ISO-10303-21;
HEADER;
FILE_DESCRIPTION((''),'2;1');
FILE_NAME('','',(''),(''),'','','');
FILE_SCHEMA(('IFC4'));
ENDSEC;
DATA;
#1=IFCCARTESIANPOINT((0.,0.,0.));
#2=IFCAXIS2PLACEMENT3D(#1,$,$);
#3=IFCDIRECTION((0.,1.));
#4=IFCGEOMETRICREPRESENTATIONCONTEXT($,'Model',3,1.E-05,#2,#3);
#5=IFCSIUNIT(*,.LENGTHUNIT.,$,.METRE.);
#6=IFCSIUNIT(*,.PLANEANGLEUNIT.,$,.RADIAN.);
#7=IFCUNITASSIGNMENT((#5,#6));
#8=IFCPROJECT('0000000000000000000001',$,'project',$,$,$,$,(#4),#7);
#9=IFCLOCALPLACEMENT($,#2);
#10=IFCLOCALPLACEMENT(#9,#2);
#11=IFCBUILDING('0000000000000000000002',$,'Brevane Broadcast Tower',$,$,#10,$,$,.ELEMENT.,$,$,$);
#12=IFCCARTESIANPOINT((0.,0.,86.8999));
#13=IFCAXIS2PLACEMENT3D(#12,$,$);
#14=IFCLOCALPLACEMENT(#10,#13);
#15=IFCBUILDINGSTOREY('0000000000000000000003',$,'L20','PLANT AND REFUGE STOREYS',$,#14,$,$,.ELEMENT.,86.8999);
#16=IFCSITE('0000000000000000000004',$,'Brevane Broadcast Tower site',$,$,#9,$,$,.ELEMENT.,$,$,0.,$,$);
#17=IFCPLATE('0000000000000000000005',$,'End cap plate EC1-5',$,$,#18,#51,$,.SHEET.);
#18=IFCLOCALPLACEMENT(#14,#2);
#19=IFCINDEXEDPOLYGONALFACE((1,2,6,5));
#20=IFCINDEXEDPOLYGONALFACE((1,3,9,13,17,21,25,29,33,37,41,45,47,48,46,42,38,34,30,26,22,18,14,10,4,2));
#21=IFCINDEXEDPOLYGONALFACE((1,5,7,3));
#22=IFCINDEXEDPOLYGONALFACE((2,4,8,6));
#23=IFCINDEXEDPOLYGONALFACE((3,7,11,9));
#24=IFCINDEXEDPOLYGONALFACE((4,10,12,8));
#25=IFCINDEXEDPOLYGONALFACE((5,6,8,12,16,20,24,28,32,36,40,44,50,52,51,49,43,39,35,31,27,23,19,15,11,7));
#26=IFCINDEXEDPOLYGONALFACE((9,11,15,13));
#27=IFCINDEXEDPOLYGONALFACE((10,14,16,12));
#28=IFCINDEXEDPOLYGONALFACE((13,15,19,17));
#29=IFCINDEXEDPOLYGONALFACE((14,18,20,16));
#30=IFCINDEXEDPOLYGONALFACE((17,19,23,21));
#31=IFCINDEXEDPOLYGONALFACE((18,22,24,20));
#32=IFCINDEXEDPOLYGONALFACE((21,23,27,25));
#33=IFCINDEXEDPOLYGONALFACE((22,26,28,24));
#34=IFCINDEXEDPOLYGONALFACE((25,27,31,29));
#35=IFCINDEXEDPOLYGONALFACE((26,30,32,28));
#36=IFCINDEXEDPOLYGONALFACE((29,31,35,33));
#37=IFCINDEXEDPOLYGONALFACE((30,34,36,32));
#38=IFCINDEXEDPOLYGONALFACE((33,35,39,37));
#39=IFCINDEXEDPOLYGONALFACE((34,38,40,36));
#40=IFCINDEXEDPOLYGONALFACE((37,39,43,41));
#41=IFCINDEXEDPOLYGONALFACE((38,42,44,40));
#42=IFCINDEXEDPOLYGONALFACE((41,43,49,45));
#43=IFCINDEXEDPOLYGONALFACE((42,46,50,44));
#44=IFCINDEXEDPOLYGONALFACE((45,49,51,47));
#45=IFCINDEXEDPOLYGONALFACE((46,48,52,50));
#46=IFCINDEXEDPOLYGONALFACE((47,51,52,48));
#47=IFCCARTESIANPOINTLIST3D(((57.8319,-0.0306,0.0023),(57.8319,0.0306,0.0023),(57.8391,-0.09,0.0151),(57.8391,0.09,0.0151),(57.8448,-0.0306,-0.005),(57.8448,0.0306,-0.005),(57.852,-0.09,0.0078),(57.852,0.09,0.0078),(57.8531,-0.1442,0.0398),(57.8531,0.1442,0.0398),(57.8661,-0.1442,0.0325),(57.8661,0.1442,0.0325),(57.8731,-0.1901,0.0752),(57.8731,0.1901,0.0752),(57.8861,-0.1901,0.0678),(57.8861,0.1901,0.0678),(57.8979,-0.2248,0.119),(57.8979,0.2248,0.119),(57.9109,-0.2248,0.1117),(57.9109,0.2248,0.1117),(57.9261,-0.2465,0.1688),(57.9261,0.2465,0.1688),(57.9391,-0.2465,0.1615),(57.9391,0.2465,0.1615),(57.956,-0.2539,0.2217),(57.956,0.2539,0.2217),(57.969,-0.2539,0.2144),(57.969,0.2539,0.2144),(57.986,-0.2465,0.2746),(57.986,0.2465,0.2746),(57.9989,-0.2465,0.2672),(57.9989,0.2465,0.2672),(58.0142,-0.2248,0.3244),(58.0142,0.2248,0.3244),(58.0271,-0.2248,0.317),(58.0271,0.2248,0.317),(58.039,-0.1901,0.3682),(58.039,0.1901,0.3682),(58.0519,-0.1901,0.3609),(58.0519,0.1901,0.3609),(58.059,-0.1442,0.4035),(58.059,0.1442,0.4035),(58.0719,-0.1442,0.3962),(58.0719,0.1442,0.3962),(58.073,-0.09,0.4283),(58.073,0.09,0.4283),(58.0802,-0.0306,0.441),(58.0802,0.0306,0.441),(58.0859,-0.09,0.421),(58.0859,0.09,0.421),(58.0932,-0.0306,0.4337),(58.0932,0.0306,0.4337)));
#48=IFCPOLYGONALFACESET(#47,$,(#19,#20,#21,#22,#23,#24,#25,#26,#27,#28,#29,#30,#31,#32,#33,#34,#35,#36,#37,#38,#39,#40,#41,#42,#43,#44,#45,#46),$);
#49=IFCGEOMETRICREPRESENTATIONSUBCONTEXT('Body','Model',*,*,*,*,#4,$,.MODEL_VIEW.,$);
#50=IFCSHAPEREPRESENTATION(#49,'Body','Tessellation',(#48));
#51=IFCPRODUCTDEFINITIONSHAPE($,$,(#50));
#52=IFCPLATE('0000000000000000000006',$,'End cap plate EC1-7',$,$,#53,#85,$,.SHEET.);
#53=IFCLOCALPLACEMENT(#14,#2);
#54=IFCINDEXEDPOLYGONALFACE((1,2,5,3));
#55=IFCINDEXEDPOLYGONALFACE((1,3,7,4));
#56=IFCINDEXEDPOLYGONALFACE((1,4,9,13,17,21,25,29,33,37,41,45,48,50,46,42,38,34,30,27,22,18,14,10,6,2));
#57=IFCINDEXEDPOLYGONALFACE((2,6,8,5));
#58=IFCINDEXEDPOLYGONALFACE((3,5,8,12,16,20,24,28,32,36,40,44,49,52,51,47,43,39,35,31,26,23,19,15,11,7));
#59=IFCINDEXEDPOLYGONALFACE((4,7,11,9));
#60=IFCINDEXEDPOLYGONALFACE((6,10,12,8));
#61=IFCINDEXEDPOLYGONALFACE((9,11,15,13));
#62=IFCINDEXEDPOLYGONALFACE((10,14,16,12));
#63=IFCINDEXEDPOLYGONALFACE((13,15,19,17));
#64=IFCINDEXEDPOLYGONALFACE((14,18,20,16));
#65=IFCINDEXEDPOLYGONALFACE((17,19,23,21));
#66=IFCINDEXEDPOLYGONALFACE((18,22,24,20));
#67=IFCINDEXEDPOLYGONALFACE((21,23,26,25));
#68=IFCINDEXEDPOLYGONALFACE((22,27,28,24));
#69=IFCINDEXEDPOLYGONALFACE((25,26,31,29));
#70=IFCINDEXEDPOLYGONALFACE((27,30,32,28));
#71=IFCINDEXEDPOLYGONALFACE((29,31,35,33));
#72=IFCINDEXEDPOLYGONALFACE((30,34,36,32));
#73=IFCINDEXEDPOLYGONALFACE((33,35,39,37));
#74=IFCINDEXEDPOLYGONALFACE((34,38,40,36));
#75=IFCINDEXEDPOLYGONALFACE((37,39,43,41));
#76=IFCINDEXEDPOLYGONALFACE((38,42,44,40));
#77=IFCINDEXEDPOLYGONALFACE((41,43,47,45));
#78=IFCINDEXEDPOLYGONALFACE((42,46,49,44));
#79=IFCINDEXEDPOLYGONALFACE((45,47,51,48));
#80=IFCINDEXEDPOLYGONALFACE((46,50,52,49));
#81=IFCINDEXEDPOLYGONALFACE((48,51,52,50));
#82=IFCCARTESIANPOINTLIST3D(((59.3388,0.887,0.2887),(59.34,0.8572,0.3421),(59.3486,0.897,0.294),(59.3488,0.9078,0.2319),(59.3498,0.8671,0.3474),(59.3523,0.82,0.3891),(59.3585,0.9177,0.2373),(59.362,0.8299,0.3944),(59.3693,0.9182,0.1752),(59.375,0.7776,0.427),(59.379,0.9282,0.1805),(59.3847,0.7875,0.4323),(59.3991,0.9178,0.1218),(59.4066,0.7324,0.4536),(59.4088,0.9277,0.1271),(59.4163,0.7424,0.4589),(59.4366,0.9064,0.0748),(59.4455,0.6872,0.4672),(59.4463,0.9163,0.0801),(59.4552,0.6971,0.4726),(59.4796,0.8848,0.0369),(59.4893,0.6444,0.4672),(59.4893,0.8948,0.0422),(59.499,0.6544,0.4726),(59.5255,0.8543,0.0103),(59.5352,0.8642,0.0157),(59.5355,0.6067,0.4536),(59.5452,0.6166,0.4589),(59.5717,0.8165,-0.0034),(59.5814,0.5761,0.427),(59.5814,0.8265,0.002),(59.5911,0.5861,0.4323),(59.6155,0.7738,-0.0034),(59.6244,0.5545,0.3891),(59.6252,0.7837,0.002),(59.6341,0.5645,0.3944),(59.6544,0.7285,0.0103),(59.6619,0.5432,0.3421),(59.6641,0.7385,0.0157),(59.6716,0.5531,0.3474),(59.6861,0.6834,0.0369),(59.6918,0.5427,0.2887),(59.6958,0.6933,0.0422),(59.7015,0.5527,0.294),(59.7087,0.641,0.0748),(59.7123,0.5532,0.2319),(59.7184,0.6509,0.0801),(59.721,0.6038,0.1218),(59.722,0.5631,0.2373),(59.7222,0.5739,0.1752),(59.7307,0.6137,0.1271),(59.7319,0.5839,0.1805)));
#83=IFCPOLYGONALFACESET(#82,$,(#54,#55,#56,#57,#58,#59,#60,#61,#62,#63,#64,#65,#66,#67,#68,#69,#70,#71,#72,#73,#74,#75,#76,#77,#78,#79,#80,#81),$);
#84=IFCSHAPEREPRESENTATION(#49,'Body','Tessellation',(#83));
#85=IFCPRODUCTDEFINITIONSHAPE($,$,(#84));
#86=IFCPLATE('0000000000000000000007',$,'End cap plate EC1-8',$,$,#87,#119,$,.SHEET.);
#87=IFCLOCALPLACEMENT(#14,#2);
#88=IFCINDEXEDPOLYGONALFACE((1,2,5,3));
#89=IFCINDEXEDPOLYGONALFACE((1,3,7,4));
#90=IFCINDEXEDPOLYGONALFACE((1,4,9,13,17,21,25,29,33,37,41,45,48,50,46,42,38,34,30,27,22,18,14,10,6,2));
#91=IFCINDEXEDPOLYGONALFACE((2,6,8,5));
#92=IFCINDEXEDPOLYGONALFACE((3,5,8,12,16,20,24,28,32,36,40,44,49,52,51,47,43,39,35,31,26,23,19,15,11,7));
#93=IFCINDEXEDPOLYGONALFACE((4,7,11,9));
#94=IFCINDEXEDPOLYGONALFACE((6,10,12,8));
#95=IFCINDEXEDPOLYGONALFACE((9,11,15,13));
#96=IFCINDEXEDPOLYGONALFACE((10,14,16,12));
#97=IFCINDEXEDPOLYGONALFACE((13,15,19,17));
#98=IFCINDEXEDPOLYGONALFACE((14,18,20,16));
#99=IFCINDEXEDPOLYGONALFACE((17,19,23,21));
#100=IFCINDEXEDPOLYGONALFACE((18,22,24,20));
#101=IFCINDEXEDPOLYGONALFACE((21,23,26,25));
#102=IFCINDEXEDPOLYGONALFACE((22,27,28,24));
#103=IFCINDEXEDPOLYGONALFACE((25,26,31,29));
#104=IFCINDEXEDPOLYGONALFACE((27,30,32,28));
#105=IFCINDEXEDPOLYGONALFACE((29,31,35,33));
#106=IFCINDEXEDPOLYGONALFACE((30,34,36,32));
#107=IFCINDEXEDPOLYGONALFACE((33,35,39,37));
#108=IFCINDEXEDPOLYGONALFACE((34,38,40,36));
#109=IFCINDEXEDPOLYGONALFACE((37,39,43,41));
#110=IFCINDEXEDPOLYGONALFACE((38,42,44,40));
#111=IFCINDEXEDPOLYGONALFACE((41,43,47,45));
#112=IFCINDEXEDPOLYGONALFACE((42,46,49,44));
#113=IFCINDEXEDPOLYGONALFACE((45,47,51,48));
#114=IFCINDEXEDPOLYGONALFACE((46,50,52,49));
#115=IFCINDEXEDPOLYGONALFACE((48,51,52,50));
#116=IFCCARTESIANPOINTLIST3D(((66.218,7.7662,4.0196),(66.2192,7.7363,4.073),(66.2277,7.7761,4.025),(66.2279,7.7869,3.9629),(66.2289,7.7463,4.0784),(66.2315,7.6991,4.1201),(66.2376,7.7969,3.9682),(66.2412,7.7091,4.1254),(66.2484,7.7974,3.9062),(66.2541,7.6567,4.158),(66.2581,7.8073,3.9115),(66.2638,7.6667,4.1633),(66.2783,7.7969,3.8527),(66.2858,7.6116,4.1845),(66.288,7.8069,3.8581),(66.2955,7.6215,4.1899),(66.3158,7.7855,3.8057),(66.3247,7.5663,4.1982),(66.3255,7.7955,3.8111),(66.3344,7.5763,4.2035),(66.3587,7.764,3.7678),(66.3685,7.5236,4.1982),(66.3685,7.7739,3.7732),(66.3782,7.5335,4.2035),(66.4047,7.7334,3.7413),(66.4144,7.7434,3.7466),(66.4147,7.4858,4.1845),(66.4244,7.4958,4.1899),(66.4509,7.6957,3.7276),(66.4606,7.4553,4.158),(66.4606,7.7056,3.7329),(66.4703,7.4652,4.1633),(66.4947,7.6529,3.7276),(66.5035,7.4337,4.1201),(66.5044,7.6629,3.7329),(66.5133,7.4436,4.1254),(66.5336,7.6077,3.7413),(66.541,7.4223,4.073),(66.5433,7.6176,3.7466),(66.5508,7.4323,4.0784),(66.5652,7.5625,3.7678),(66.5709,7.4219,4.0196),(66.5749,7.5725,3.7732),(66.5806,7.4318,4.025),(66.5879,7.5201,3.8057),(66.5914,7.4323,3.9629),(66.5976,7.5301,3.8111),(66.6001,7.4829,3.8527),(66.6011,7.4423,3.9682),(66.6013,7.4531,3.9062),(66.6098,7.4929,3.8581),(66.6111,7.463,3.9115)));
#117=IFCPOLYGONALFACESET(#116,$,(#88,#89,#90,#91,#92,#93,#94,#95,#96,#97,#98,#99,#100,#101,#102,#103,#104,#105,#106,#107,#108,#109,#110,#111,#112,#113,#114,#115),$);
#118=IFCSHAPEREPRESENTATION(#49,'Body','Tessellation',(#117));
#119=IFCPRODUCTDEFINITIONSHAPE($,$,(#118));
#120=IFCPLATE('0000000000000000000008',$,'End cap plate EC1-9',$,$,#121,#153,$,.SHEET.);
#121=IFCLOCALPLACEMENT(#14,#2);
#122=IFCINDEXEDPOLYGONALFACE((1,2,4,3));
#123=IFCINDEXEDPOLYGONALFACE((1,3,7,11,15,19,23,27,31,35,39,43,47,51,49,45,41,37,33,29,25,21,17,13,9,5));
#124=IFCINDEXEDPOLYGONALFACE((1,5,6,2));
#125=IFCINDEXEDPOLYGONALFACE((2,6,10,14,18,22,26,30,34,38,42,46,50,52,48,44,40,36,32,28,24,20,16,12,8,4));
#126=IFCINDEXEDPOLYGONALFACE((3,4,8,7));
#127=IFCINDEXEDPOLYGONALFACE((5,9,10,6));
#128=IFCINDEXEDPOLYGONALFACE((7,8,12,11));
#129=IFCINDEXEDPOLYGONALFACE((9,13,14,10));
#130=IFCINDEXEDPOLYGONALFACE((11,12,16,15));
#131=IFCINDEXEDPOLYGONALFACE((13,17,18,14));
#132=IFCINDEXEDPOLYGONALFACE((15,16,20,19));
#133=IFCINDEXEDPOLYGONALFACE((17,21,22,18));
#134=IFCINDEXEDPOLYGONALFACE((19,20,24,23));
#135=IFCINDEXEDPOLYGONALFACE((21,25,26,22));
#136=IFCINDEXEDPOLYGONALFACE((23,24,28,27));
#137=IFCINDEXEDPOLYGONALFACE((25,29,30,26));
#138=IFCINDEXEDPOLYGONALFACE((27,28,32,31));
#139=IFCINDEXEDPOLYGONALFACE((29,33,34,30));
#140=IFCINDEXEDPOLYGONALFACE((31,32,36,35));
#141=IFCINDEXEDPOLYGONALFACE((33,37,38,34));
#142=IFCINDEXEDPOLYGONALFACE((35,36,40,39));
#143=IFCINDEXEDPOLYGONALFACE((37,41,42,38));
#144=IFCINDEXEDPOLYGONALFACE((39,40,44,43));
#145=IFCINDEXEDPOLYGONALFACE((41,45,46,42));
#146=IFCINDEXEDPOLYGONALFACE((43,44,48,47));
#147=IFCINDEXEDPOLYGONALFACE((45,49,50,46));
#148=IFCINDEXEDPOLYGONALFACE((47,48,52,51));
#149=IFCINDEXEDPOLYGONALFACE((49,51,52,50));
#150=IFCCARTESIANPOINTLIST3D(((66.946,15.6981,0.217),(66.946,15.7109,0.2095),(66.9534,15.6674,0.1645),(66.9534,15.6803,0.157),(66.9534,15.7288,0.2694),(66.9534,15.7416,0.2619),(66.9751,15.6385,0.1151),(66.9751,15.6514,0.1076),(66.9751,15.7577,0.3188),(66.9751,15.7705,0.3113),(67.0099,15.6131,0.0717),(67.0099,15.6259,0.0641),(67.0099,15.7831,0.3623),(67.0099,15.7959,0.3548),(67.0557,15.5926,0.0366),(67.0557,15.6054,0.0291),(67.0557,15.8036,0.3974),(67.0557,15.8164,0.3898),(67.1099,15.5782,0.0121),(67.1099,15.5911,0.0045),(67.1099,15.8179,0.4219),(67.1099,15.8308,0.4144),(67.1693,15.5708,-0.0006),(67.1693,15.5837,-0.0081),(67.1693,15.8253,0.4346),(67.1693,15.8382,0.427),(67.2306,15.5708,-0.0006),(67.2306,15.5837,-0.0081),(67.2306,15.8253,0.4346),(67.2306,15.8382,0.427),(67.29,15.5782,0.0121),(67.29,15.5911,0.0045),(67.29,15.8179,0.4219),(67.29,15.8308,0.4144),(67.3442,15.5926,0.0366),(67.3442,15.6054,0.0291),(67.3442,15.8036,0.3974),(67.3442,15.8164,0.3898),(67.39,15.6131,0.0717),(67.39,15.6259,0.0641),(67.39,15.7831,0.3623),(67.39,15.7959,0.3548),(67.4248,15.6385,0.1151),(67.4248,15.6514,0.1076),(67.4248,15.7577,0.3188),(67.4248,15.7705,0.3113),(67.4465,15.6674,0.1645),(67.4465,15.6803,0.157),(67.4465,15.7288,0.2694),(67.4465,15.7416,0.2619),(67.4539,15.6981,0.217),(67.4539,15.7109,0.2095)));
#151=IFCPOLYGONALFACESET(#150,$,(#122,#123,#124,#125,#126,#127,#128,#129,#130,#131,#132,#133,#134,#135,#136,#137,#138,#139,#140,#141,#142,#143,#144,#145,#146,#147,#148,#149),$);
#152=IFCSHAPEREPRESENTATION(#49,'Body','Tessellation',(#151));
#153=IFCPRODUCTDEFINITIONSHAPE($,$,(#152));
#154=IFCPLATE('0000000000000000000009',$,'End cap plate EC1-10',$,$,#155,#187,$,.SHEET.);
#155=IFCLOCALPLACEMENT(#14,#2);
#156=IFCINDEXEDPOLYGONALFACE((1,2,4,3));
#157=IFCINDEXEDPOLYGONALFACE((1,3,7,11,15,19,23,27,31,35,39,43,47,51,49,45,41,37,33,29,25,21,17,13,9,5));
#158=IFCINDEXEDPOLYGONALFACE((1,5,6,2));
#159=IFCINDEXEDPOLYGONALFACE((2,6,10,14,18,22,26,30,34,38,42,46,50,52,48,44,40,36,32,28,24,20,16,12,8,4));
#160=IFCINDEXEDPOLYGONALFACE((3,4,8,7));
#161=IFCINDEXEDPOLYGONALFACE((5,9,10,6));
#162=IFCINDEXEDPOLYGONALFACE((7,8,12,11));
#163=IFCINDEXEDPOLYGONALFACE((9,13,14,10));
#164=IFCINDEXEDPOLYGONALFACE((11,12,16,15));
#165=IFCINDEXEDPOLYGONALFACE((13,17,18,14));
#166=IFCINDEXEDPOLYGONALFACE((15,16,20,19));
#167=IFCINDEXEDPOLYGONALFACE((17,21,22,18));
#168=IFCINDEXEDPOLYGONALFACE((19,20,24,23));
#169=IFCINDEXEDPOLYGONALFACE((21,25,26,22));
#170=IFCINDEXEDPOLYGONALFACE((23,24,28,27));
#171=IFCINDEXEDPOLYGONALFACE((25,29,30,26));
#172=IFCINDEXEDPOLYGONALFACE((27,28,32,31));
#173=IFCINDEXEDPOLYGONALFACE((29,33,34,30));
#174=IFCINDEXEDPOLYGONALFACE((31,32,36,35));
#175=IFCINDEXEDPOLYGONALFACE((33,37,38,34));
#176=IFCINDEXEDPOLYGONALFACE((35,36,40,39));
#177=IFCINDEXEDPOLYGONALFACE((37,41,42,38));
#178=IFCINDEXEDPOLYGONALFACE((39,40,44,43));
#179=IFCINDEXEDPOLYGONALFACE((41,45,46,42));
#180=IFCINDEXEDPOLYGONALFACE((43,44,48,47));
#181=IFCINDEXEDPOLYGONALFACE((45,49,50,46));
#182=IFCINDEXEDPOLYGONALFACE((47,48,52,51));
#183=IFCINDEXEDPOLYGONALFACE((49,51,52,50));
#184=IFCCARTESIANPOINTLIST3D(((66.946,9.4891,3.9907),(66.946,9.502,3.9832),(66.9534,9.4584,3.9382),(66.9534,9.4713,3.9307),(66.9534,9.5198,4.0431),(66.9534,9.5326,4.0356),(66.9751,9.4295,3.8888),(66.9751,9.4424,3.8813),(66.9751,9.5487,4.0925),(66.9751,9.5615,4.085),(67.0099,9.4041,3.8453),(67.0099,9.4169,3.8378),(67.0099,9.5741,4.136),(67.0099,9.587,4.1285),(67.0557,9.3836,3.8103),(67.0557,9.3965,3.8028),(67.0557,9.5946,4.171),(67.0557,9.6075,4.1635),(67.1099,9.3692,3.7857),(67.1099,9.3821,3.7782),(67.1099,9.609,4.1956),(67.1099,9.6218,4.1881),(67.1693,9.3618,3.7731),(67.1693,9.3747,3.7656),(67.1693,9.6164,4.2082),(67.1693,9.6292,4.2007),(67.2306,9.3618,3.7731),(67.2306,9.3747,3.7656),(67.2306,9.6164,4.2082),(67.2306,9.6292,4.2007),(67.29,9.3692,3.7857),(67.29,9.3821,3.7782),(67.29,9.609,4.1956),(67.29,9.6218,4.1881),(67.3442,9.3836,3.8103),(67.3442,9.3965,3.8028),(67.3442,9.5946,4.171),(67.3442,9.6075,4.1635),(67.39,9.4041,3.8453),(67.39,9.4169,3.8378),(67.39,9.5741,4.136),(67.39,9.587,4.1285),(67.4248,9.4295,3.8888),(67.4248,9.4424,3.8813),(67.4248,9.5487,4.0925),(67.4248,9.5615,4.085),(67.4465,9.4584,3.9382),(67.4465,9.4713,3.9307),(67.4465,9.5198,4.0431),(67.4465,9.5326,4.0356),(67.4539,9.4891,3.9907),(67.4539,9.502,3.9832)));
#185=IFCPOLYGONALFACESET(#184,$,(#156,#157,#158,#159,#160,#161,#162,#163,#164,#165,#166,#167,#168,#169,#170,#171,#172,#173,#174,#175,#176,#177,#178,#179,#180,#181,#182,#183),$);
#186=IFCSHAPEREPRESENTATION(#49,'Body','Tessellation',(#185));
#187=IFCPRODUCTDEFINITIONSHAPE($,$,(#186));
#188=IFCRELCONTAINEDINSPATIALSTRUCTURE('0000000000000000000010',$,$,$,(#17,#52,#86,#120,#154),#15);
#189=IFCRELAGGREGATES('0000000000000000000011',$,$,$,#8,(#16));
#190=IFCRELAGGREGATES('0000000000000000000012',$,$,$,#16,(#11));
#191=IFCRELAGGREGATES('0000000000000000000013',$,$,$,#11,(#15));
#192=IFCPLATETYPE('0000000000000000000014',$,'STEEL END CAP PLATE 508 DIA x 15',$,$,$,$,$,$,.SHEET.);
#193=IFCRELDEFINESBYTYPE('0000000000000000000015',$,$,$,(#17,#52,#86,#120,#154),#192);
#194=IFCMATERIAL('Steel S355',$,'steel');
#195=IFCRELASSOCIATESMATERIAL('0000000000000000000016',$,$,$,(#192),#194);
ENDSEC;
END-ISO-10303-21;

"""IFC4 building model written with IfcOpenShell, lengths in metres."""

from ifc_helpers import new_model, si_unit, direction, frame, origin, origin_2d, place, context, subcontext, project, spatial, circle, extrude, material, material_profile, profile_set, type_object, element, save


model = new_model("IFC4")

# Units and contexts
model_context = context("Model", 3, precision=1e-05, world=origin(), true_north=direction((0.0, 1.0)))
body_context = subcontext(model_context, "Body", "Model", "MODEL_VIEW")
ifc_project = project(units=[si_unit("LENGTHUNIT", "METRE"), si_unit("PLANEANGLEUNIT", "RADIAN")], contexts=[model_context])

# Site, building, storey
site_placement = place(None, origin())
site = spatial("IfcSite", under=ifc_project, at=site_placement, Name="Brevane Broadcast Tower site", CompositionType="ELEMENT", RefElevation=0.0)
building_placement = place(site_placement, origin())
building = spatial("IfcBuilding", under=site, at=building_placement, Name="Brevane Broadcast Tower", CompositionType="ELEMENT")
storey_placement = place(building_placement, frame((0.0, 0.0, 86.8999)))
storey = spatial("IfcBuildingStorey", under=building, at=storey_placement, Name="L20", Description="PLANT AND REFUGE STOREYS", CompositionType="ELEMENT", Elevation=86.8999)

# Shared definitions
ifc_material_1 = material(Name="Steel S355", Category="steel")

# Plates
ifc_material_profile_1 = material_profile(ifc_material_1, circle(Radius=0.2539, at=origin_2d()), Name="PL 508 DIA x 15")
ifc_profile_set_1 = profile_set([ifc_material_profile_1], Name="Steel S355")
plate_type = type_object("IfcPlateType", Name="STEEL END CAP PLATE 508 DIA x 15", PredefinedType="SHEET", material=ifc_profile_set_1)
for number, where, z_axis, x_axis, name in (
    (1, (57.969, 0.0, 0.2144), (-0.870257, 0.0, 0.492598), (0.0, -1.0, 0.0), "End cap plate EC1-5"),
    (2, (59.5305, 0.7305, 0.2319), (0.651895, 0.668192, 0.358542), (-0.715782, 0.698324, 0.0), "End cap plate EC1-7"),
    (3, (66.4097, 7.6096, 3.9629), (0.651895, 0.668192, 0.358542), (-0.715782, 0.698324, 0.0), "End cap plate EC1-8"),
    (4, (67.2, 15.7109, 0.2095), (0.0, -0.863188, 0.504883), (1.0, 0.0, 0.0), "End cap plate EC1-9"),
    (5, (67.2, 9.502, 3.9832), (0.0, -0.863188, 0.504883), (1.0, 0.0, 0.0), "End cap plate EC1-10"),
):
    element("IfcPlate", number, at=place(storey_placement, frame(where, z_axis=z_axis, x_axis=x_axis)), inside=storey, type_object=plate_type, Name=name, PredefinedType="SHEET", context=body_context, shape_type="SweptSolid", body=[
        extrude(circle(Radius=0.2539, at=origin_2d()), origin(), (0.0, 0.0, 1.0), 0.0149),
    ])

save(model, "model.ifc")
